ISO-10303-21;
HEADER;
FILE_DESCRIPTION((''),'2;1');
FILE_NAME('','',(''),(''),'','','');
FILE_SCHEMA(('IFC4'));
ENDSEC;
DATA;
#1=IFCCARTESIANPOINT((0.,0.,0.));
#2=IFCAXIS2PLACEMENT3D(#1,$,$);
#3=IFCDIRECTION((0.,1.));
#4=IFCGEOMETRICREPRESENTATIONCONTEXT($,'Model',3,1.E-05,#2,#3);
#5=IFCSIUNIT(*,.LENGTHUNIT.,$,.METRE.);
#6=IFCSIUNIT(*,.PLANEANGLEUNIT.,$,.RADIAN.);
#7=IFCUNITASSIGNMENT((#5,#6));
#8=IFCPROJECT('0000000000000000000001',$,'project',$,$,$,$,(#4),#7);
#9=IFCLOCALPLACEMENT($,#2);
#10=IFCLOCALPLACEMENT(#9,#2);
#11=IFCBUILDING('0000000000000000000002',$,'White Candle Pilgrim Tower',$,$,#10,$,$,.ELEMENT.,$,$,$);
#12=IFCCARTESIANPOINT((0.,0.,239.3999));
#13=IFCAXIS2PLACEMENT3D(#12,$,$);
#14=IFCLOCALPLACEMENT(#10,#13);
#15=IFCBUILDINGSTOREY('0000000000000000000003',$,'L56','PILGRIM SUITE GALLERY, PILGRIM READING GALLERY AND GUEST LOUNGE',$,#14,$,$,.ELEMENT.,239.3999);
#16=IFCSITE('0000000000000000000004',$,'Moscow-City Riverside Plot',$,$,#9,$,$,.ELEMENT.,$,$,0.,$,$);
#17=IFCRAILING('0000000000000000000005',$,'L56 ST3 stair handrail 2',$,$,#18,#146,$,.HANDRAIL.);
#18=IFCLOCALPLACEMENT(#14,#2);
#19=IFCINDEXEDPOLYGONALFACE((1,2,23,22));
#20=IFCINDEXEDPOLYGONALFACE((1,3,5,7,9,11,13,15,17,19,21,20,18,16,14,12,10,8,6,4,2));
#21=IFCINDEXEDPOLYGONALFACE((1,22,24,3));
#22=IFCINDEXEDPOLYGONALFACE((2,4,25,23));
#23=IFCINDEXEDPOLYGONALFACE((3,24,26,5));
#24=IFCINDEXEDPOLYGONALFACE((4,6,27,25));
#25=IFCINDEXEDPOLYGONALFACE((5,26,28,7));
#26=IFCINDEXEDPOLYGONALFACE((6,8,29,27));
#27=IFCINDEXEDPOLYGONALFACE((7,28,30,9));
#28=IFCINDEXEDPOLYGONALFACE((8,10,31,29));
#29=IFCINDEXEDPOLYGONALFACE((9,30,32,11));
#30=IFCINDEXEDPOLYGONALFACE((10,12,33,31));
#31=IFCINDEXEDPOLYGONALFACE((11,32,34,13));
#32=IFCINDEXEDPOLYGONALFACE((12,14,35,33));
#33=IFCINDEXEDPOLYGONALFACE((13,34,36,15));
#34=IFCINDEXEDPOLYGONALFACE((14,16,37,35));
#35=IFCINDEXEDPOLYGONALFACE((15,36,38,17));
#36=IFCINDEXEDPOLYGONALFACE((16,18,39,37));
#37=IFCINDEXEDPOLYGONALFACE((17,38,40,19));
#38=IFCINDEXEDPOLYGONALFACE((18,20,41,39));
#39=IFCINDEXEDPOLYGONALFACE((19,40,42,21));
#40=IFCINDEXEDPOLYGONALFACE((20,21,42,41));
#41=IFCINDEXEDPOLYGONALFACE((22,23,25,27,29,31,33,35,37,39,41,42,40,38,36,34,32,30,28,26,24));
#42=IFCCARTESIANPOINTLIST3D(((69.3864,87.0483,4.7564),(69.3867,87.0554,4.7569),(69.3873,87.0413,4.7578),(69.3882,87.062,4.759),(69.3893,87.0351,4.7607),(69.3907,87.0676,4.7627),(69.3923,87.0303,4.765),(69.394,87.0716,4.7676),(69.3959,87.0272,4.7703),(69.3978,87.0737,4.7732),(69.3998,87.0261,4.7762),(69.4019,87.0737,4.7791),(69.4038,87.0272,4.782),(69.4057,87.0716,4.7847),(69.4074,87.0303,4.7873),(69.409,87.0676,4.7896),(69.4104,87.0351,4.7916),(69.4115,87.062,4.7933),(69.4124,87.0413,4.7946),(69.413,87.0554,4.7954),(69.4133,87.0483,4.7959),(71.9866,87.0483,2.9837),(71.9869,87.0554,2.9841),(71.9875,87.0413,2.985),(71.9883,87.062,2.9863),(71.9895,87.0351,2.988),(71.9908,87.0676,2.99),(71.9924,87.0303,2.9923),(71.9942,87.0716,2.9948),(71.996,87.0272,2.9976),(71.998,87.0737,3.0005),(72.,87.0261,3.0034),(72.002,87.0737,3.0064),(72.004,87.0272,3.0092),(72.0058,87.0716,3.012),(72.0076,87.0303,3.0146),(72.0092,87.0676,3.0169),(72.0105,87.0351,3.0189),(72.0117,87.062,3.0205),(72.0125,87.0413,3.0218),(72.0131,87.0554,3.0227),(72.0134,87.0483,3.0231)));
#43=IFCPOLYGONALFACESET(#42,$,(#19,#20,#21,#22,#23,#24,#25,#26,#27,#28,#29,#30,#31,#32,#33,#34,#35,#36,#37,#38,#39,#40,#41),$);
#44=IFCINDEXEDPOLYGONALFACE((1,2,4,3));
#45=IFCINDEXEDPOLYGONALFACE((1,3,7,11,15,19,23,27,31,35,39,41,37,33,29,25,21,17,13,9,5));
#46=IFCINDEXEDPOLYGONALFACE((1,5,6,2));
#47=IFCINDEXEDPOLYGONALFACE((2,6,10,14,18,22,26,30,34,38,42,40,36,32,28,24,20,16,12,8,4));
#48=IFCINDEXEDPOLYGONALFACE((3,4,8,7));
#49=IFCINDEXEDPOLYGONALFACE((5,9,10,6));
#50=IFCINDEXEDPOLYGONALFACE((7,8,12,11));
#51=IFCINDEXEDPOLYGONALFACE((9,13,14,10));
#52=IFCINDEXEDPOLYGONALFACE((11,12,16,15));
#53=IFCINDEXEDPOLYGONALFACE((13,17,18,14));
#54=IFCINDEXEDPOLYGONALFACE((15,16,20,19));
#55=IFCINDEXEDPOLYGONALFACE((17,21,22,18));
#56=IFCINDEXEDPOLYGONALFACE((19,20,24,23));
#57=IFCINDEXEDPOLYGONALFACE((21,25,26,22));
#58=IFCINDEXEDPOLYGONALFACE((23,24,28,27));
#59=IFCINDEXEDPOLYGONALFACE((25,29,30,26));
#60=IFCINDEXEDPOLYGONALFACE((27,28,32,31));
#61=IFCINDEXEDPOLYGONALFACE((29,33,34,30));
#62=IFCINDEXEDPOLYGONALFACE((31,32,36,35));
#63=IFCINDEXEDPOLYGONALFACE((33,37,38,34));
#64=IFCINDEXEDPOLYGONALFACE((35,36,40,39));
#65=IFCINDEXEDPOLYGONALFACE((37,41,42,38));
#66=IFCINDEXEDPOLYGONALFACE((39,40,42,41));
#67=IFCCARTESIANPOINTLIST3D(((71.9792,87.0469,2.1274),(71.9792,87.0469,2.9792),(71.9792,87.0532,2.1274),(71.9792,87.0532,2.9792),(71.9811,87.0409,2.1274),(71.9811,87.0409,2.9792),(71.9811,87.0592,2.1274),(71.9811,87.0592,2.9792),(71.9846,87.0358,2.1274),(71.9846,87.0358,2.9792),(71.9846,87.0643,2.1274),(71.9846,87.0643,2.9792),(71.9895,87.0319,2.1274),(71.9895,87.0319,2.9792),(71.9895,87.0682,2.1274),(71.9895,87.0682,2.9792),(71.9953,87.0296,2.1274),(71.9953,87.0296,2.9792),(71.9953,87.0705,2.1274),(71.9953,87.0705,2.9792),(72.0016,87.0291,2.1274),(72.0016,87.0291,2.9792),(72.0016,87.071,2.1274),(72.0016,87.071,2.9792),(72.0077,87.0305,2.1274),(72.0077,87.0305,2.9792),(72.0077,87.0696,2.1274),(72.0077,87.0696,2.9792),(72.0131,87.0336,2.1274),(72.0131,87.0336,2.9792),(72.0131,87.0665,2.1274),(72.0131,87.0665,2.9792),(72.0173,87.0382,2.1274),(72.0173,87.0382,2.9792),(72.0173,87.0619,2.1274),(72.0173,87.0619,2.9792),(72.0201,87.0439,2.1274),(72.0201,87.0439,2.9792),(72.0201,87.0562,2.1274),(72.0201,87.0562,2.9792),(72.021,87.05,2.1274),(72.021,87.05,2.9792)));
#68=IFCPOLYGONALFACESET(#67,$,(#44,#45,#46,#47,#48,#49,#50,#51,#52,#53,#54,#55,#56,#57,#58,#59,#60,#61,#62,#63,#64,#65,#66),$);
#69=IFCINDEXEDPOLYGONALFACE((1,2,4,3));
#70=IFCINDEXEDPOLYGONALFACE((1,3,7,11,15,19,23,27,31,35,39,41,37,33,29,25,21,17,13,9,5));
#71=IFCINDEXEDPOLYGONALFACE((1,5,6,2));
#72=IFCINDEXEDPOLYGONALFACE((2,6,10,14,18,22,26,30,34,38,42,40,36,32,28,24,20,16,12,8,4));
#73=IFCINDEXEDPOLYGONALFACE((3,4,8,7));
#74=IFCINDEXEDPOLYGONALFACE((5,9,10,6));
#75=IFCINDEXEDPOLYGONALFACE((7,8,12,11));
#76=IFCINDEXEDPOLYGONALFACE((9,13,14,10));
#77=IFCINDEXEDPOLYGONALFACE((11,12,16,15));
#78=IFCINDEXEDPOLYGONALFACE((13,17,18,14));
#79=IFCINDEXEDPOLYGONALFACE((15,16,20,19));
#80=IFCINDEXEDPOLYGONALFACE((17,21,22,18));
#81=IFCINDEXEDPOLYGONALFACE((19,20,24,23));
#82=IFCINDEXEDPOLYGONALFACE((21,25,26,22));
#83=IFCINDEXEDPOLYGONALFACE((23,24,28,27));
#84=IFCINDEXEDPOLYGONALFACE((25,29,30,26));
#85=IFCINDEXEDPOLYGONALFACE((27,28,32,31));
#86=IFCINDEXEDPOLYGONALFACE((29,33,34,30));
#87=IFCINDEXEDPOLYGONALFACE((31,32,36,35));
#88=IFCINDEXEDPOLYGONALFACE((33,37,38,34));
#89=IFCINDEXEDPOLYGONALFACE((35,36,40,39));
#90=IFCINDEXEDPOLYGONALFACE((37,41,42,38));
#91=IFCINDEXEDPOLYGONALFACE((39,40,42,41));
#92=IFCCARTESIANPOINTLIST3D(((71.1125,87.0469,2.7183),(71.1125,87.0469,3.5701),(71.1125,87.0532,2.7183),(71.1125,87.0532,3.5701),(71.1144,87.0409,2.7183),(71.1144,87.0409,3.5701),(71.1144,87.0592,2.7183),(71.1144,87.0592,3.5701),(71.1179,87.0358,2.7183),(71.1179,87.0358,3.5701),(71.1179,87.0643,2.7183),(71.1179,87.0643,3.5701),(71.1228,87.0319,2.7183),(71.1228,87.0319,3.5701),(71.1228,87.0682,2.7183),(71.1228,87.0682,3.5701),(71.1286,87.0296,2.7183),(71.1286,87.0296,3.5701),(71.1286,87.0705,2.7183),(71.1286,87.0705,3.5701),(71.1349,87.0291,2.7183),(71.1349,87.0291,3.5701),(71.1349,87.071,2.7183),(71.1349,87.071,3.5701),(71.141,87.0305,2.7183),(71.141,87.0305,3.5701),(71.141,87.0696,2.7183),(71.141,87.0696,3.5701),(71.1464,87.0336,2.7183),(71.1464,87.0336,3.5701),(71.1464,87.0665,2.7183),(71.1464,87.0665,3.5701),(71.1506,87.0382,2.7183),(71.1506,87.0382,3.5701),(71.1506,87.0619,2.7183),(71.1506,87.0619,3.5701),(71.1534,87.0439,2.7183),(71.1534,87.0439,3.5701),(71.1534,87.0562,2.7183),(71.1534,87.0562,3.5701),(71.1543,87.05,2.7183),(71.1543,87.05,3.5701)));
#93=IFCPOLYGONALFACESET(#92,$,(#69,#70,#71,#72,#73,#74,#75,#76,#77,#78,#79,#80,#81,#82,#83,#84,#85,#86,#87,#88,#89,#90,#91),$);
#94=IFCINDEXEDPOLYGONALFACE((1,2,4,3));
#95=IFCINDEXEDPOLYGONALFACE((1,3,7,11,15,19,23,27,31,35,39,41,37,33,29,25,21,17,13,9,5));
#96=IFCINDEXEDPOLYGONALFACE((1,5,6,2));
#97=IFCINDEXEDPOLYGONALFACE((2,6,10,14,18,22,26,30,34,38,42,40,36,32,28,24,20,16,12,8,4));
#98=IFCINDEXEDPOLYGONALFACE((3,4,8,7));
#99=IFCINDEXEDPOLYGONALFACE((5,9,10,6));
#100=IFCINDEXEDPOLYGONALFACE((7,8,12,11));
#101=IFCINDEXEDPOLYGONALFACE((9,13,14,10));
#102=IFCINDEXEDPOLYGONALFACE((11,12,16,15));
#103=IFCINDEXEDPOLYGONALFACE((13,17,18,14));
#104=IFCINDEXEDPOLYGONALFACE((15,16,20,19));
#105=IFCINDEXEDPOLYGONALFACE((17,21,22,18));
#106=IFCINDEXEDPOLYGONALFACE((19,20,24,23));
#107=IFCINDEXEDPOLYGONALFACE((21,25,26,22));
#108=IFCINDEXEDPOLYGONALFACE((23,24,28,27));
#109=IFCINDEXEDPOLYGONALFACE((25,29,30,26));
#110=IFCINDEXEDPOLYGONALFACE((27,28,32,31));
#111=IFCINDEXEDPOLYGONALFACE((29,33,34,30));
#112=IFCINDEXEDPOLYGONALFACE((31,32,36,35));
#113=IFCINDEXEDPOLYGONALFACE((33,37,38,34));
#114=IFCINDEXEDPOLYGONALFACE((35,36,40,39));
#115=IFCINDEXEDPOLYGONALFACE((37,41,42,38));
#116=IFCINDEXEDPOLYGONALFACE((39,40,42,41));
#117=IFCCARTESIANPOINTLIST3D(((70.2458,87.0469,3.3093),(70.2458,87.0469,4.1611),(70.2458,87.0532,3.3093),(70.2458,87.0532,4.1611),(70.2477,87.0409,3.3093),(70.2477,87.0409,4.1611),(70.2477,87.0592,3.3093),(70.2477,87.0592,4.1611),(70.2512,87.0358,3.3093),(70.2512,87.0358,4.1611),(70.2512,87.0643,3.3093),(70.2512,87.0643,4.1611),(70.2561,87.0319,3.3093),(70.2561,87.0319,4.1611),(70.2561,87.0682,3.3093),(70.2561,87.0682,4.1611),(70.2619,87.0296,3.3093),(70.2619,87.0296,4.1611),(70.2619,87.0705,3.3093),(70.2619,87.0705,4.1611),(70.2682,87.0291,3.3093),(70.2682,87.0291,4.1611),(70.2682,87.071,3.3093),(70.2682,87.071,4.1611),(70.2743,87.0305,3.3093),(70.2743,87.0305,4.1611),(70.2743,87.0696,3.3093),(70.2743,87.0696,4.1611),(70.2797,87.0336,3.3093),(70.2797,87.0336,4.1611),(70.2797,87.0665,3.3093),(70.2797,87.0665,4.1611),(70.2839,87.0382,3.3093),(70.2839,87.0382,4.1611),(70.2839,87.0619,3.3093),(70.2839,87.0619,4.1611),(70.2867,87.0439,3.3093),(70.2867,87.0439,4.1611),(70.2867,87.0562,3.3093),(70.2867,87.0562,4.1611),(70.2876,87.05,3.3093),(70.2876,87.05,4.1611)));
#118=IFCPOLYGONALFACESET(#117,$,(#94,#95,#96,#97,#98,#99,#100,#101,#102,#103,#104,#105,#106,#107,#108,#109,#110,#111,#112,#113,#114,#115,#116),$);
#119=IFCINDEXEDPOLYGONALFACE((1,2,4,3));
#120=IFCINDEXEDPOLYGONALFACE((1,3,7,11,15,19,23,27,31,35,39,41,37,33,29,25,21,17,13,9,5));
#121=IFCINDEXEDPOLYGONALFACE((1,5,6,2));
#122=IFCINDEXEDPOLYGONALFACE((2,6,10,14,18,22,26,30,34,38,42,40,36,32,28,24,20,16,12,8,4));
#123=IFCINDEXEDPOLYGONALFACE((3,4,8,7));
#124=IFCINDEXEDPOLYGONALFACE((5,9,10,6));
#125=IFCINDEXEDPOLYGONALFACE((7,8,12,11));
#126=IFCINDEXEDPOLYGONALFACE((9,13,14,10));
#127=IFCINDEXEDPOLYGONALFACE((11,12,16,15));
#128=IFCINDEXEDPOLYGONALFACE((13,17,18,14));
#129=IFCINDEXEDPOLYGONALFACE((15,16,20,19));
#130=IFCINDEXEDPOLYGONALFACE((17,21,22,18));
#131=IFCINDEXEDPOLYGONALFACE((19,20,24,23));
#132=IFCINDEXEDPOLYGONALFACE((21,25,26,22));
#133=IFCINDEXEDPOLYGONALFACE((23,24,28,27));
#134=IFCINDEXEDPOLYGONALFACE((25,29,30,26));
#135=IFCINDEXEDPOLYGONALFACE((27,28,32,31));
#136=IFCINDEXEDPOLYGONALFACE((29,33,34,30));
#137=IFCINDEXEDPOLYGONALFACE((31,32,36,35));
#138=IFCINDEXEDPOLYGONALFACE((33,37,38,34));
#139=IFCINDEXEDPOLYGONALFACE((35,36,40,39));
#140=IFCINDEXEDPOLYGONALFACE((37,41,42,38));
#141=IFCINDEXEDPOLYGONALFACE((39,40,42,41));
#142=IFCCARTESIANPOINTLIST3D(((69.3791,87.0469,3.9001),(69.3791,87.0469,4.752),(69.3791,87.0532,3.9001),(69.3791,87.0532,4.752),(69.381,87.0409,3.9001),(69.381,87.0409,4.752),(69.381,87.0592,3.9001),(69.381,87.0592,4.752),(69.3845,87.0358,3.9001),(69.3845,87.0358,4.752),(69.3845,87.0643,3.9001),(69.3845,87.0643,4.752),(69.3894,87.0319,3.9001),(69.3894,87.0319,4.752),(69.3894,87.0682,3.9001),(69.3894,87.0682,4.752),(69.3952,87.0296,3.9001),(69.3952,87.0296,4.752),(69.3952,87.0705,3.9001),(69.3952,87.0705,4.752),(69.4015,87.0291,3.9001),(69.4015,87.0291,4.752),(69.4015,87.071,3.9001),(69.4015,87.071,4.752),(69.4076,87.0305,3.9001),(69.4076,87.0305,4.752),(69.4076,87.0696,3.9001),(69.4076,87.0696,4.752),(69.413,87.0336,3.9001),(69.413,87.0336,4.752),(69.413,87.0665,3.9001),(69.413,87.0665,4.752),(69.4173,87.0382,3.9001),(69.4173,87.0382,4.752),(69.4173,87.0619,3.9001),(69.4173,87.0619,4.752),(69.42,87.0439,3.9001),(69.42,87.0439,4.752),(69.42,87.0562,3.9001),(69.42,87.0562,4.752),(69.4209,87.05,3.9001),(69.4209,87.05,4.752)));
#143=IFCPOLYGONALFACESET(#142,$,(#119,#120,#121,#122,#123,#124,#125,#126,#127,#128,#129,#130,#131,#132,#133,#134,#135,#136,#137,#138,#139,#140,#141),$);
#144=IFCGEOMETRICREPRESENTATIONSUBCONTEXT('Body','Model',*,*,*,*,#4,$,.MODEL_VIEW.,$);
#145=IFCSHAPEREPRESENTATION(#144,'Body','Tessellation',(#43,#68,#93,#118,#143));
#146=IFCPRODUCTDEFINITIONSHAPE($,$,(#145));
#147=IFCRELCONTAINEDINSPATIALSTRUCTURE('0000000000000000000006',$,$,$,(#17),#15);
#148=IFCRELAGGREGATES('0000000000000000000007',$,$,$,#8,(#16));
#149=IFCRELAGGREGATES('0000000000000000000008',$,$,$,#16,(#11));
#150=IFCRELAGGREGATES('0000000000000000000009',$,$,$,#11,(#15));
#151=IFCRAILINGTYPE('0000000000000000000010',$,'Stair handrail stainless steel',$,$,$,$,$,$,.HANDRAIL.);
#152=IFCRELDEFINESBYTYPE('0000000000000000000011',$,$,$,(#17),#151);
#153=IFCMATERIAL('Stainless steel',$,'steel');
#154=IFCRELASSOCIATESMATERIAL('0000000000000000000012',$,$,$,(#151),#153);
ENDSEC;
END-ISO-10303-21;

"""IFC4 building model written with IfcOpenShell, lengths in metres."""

from ifc_helpers import new_model, si_unit, direction, frame, origin, origin_2d, place, context, subcontext, project, spatial, circle, extrude, material, type_object, element, save


model = new_model("IFC4")

# Units and contexts
model_context = context("Model", 3, precision=1e-05, world=origin(), true_north=direction((0.0, 1.0)))
body_context = subcontext(model_context, "Body", "Model", "MODEL_VIEW")
ifc_project = project(units=[si_unit("LENGTHUNIT", "METRE"), si_unit("PLANEANGLEUNIT", "RADIAN")], contexts=[model_context])

# Site, building, storey
site_placement = place(None, origin())
site = spatial("IfcSite", under=ifc_project, at=site_placement, Name="Moscow-City Riverside Plot", CompositionType="ELEMENT", RefElevation=0.0)
building_placement = place(site_placement, origin())
building = spatial("IfcBuilding", under=site, at=building_placement, Name="White Candle Pilgrim Tower", CompositionType="ELEMENT")
storey_placement = place(building_placement, frame((0.0, 0.0, 239.3999)))
storey = spatial("IfcBuildingStorey", under=building, at=storey_placement, Name="L56", Description="PILGRIM SUITE GALLERY, PILGRIM READING GALLERY AND GUEST LOUNGE", CompositionType="ELEMENT", Elevation=239.3999)

# Shared definitions
ifc_material_1 = material(Name="Stainless steel", Category="steel")

# Railing
railing_type_1 = type_object("IfcRailingType", Name="Stair handrail stainless steel", PredefinedType="HANDRAIL", material=ifc_material_1)
railing_1_placement = place(storey_placement, frame((72.0, 87.05, 2.1274)))
element("IfcRailing", 1, at=railing_1_placement, inside=storey, type_object=railing_type_1, Name="L56 ST3 stair handrail 2", PredefinedType="HANDRAIL", context=body_context, shape_type="SweptSolid", body=[
    extrude(circle(Radius=0.0239, at=origin_2d()), frame((0.0, 0.0, 0.876), z_axis=(-0.82624, 0.0, 0.563318), x_axis=(0.0, -1.0, 0.0)), (0.0, 0.0, 1.0), 3.147),
    extrude(circle(Radius=0.021, at=origin_2d()), origin(), (0.0, 0.0, 1.0), 0.8518),
    extrude(circle(Radius=0.021, at=origin_2d()), frame((-0.8667, 0.0, 0.5908)), (0.0, 0.0, 1.0), 0.8518),
    extrude(circle(Radius=0.021, at=origin_2d()), frame((-1.7334, 0.0, 1.1819)), (0.0, 0.0, 1.0), 0.8518),
    extrude(circle(Radius=0.021, at=origin_2d()), frame((-2.6001, 0.0, 1.7727)), (0.0, 0.0, 1.0), 0.8518),
])

save(model, "model.ifc")
